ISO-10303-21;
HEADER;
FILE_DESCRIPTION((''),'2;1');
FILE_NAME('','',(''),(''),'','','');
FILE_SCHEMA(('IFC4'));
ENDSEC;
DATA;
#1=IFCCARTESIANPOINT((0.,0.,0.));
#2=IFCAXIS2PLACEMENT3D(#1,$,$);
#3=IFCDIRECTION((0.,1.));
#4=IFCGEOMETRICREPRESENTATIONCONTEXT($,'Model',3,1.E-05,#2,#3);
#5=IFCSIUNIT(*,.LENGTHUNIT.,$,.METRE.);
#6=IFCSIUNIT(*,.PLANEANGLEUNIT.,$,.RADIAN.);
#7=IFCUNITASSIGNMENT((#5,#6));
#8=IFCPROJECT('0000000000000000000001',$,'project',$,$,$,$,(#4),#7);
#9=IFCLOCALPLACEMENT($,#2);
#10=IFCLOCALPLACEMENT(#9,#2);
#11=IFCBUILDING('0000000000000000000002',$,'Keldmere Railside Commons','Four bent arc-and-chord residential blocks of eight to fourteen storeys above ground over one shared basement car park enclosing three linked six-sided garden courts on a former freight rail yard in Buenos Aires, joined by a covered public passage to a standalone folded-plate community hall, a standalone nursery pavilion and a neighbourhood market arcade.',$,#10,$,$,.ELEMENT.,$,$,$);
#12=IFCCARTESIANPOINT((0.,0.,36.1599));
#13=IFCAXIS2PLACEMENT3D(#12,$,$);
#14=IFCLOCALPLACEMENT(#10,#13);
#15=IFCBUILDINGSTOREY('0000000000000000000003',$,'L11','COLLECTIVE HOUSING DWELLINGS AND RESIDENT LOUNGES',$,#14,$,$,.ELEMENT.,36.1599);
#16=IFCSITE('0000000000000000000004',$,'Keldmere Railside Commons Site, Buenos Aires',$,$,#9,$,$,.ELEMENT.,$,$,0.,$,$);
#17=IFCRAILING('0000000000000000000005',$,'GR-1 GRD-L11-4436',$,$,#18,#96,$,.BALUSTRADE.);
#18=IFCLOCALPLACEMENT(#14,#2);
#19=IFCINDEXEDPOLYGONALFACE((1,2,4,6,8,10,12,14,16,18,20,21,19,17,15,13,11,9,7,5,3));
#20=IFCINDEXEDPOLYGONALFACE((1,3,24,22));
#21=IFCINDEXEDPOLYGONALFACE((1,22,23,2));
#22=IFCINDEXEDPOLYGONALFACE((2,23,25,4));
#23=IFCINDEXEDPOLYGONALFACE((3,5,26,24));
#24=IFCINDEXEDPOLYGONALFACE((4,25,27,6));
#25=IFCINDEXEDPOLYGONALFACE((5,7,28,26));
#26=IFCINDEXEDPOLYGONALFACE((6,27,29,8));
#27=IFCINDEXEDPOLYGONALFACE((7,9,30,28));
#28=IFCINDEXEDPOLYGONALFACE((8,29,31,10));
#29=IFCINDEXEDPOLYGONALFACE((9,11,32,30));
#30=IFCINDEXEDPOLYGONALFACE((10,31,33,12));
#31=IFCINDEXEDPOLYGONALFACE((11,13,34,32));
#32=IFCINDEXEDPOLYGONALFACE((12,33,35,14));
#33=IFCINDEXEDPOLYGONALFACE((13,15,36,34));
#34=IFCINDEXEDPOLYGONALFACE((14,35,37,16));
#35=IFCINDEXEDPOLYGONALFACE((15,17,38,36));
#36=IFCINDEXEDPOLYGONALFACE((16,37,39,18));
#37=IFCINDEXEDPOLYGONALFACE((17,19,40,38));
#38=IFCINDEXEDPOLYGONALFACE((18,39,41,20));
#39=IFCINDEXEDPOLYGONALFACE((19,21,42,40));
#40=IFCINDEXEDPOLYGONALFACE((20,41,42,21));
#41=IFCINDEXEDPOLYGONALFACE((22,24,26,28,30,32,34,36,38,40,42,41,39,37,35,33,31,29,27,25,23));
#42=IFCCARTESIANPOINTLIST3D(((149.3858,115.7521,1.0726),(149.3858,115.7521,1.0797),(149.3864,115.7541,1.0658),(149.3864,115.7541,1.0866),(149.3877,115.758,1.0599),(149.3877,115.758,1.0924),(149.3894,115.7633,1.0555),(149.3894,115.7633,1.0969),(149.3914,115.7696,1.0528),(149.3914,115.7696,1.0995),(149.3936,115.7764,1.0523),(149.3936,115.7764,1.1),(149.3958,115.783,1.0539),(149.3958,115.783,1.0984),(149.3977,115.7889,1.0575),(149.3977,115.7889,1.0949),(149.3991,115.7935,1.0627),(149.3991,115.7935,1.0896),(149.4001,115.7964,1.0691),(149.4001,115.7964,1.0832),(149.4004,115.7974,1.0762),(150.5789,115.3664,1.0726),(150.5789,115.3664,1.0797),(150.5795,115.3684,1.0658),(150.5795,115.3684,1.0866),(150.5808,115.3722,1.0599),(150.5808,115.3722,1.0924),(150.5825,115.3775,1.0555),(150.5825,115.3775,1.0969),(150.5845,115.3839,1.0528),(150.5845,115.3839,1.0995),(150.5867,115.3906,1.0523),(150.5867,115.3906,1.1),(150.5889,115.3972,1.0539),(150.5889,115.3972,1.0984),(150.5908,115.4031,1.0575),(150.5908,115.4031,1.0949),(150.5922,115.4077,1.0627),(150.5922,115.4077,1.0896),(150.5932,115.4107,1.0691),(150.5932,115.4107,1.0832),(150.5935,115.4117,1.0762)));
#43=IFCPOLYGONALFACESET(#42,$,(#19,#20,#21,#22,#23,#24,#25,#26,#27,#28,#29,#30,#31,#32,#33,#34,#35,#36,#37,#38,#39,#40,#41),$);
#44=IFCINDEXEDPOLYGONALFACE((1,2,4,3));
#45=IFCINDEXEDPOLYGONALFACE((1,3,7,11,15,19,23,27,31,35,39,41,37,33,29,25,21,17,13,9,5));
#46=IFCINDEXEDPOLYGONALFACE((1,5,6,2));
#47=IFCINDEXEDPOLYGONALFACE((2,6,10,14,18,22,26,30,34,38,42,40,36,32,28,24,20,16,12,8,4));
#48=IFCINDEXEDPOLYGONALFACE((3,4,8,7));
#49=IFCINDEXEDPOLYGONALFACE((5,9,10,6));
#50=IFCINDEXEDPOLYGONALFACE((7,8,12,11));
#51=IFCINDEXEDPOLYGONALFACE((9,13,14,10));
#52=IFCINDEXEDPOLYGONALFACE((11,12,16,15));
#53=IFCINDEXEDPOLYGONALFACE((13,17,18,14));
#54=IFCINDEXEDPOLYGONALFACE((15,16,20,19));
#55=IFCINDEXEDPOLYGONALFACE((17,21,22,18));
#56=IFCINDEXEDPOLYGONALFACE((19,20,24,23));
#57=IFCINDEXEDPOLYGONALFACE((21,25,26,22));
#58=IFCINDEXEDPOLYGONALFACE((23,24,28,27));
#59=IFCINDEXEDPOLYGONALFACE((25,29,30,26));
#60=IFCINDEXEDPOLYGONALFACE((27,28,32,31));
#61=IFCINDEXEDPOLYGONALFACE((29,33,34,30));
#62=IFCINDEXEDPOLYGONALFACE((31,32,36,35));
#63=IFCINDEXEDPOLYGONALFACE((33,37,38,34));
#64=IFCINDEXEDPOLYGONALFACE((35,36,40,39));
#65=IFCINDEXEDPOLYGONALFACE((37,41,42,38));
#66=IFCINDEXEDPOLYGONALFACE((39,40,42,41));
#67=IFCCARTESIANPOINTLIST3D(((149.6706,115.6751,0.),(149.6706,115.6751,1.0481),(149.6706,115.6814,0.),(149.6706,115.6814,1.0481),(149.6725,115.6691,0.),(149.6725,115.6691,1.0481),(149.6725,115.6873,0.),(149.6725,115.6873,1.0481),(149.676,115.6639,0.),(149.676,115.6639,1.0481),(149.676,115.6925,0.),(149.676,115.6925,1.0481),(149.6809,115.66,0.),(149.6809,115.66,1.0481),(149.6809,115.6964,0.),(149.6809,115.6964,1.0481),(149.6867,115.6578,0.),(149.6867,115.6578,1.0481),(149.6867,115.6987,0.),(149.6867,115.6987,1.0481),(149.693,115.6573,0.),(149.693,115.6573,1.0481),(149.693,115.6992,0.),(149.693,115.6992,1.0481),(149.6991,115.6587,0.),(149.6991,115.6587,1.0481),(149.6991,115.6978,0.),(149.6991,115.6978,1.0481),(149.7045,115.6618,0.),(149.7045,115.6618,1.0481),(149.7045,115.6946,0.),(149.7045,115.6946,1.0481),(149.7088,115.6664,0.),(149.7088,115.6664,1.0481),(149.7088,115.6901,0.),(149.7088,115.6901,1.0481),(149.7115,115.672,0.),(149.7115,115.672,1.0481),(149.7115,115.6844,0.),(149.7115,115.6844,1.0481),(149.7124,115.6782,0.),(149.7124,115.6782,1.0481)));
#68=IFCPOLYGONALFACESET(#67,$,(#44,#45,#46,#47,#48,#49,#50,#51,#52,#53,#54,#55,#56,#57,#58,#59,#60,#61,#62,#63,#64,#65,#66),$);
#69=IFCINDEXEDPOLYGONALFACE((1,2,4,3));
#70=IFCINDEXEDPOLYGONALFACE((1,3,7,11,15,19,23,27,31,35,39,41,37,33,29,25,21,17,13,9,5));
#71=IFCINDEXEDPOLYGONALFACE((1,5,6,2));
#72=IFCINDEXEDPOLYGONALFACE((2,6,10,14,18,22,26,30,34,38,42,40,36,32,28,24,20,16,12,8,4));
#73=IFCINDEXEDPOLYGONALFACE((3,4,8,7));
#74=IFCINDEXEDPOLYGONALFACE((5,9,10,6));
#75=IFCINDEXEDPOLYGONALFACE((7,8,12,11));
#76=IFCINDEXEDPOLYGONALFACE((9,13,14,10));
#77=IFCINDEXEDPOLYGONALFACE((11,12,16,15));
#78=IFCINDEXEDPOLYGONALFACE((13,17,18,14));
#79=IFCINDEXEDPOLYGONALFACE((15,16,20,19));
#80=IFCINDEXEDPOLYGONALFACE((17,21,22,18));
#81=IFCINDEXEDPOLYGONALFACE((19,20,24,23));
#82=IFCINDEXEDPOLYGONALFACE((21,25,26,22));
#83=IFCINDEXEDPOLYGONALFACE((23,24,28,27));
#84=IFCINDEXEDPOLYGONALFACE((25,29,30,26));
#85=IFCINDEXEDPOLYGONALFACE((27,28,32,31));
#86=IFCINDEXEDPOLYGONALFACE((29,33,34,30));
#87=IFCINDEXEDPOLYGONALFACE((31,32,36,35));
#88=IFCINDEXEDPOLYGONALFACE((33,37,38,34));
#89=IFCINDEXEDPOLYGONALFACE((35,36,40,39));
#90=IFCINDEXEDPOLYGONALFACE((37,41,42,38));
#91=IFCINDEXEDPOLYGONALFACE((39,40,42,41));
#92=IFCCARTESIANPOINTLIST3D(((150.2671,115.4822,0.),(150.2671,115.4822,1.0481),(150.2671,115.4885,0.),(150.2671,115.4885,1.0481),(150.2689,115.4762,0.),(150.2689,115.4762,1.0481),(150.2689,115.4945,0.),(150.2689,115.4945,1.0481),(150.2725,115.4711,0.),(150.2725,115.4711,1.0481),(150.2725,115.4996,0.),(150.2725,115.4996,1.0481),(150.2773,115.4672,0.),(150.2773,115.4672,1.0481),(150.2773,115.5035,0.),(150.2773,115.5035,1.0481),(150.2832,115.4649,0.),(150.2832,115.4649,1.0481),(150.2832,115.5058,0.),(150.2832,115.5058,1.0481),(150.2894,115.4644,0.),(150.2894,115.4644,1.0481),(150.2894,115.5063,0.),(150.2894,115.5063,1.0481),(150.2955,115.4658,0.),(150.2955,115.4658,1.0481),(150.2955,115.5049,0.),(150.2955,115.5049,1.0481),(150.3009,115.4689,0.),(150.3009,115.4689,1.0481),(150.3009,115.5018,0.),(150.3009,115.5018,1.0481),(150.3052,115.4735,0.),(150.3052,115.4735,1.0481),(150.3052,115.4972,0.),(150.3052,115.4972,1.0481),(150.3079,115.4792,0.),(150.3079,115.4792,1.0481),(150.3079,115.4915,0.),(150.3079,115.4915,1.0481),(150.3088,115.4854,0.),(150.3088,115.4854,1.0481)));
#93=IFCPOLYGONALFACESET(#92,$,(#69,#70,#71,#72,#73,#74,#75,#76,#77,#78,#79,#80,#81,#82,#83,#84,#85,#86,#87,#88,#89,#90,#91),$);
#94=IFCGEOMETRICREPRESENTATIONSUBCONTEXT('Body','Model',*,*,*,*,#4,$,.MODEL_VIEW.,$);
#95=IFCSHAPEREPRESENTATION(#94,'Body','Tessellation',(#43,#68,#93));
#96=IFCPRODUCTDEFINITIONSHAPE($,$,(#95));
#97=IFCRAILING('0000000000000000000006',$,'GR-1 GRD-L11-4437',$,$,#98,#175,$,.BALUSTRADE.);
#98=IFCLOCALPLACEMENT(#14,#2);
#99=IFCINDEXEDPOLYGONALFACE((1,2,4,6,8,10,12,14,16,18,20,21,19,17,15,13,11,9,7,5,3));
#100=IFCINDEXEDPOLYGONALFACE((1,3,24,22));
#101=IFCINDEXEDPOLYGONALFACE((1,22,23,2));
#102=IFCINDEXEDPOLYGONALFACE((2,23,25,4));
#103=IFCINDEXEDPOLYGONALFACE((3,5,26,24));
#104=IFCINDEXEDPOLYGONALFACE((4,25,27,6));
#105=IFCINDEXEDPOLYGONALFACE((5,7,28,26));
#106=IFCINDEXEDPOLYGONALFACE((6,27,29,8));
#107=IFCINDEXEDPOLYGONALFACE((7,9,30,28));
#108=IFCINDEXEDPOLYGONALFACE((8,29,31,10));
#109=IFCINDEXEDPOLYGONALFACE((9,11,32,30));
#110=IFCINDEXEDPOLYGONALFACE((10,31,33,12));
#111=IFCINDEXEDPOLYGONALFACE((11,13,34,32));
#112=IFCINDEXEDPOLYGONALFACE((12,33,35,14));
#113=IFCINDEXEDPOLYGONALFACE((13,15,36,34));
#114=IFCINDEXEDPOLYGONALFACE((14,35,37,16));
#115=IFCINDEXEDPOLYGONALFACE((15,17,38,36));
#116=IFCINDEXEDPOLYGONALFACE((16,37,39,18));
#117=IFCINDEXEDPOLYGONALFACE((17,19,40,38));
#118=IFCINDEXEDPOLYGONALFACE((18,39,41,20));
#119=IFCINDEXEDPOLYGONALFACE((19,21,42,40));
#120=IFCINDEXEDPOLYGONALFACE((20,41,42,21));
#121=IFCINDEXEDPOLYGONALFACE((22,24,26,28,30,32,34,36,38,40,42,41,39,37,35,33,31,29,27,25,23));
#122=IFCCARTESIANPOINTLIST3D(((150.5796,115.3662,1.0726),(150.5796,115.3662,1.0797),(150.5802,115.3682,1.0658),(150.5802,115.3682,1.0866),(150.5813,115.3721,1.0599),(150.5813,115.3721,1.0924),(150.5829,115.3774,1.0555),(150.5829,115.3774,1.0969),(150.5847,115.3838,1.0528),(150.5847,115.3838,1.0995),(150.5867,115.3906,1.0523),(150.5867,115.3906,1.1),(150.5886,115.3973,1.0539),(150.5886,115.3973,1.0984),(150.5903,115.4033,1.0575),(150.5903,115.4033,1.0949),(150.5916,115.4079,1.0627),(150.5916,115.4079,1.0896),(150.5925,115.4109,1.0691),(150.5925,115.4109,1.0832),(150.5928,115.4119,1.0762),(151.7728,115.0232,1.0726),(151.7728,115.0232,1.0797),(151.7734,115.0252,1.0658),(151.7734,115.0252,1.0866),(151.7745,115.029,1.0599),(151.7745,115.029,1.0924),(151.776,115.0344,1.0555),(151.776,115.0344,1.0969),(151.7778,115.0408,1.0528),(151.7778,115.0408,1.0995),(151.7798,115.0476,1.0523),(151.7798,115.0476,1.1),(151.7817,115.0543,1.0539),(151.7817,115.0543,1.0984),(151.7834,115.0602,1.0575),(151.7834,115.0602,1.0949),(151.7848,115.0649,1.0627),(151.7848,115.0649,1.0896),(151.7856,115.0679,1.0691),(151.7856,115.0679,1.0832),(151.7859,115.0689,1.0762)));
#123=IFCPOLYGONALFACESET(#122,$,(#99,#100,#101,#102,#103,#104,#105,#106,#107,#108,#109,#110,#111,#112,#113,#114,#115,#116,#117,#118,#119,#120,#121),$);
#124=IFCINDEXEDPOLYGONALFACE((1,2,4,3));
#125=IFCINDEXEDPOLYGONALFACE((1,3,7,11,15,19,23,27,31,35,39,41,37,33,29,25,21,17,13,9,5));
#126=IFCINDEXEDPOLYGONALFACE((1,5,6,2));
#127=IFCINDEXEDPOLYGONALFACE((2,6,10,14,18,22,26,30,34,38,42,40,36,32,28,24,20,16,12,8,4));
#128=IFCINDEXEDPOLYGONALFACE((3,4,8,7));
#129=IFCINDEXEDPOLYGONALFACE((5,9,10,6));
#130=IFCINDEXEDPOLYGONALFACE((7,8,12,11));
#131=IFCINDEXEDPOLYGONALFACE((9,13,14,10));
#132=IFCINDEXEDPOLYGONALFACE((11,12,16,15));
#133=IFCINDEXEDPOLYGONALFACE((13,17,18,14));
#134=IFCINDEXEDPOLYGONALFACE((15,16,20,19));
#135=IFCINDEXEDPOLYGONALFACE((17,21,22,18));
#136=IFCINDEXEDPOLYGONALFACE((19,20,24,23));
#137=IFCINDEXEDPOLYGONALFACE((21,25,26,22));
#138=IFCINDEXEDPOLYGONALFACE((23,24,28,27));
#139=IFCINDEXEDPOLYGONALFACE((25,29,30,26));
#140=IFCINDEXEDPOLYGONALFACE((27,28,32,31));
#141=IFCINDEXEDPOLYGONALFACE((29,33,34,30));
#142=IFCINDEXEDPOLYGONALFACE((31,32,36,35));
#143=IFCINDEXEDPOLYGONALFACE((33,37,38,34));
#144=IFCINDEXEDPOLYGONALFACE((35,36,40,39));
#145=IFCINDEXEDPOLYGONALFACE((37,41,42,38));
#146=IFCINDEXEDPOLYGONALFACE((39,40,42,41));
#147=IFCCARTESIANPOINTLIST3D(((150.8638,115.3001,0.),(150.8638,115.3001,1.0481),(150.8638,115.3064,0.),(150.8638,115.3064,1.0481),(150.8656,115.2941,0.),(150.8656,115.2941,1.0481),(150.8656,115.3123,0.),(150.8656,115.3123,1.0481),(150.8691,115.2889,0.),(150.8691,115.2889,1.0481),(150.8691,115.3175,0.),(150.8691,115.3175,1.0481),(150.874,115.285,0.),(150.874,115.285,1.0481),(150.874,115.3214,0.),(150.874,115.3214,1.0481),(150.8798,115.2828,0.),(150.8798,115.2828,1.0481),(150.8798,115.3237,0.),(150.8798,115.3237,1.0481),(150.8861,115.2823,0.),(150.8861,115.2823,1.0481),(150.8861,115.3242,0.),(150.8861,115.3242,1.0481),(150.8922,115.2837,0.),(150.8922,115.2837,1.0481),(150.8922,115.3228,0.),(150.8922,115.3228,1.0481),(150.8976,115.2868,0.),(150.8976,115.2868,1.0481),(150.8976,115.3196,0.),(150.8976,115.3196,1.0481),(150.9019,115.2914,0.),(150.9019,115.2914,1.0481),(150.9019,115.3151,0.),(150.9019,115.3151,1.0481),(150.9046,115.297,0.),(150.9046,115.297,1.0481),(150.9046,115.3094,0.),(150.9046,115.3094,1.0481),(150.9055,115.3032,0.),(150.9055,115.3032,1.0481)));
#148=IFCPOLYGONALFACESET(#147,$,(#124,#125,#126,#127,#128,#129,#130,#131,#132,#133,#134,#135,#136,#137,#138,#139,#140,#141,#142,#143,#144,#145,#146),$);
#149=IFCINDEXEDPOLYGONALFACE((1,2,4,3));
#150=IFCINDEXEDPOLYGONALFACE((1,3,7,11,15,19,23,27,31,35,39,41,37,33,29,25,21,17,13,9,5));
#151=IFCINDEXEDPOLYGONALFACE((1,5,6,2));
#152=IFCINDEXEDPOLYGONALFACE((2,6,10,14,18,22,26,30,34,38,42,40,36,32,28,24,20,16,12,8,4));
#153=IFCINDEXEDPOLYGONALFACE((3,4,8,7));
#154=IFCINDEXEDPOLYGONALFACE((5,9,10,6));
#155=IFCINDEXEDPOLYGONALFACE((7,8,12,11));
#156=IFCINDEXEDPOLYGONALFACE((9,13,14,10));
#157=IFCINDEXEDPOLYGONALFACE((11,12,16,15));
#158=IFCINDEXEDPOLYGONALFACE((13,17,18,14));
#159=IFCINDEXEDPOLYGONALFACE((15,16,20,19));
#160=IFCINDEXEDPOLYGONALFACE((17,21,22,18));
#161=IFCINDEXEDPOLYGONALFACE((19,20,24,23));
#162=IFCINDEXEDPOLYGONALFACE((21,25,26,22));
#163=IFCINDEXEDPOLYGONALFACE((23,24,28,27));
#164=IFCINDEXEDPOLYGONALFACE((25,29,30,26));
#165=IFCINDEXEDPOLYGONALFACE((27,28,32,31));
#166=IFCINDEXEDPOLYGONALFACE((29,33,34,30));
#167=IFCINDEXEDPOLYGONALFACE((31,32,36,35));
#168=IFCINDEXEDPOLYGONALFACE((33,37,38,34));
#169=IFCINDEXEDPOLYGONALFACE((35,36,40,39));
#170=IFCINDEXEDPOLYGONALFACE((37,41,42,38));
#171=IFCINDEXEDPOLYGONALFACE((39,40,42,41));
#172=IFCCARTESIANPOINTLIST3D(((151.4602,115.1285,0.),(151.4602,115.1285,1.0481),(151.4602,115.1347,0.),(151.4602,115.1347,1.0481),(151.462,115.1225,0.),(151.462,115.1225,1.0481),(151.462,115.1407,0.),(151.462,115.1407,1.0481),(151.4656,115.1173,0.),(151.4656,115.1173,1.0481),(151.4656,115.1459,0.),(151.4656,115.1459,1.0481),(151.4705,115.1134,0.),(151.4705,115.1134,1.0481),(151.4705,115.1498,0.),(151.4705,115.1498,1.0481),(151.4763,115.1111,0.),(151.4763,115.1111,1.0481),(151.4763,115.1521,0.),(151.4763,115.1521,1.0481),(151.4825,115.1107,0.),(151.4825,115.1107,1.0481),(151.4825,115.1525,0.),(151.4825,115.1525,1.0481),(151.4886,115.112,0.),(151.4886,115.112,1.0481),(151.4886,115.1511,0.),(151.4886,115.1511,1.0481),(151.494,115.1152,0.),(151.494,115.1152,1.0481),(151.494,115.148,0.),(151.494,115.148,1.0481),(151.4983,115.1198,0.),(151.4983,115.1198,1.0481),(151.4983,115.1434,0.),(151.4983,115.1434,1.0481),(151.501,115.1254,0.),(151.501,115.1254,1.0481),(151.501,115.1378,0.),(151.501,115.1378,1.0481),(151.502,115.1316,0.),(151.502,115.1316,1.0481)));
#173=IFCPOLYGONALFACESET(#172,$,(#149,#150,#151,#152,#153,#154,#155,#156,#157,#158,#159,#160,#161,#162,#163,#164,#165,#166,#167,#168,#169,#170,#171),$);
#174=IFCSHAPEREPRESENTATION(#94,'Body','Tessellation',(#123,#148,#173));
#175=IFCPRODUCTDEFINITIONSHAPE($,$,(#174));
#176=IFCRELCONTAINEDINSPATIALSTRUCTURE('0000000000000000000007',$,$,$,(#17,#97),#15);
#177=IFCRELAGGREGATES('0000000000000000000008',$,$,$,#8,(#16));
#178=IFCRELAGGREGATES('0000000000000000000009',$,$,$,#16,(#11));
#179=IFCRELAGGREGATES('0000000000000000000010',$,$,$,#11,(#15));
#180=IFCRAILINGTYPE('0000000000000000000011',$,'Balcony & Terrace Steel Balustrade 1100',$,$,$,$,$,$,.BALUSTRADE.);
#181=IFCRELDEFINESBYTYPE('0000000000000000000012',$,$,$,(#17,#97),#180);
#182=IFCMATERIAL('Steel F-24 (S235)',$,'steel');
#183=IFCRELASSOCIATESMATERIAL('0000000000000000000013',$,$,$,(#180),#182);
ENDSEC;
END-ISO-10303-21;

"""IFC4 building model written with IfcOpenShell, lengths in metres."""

from ifc_helpers import new_model, si_unit, direction, frame, origin, origin_2d, place, context, subcontext, project, spatial, circle, extrude, material, type_object, element, save


model = new_model("IFC4")

# Units and contexts
model_context = context("Model", 3, precision=1e-05, world=origin(), true_north=direction((0.0, 1.0)))
body_context = subcontext(model_context, "Body", "Model", "MODEL_VIEW")
ifc_project = project(units=[si_unit("LENGTHUNIT", "METRE"), si_unit("PLANEANGLEUNIT", "RADIAN")], contexts=[model_context])

# Site, building, storey
site_placement = place(None, origin())
site = spatial("IfcSite", under=ifc_project, at=site_placement, Name="Keldmere Railside Commons Site, Buenos Aires", CompositionType="ELEMENT", RefElevation=0.0)
building_placement = place(site_placement, origin())
building = spatial("IfcBuilding", under=site, at=building_placement, Name="Keldmere Railside Commons", Description="Four bent arc-and-chord residential blocks of eight to fourteen storeys above ground over one shared basement car park enclosing three linked six-sided garden courts on a former freight rail yard in Buenos Aires, joined by a covered public passage to a standalone folded-plate community hall, a standalone nursery pavilion and a neighbourhood market arcade.", CompositionType="ELEMENT")
storey_placement = place(building_placement, frame((0.0, 0.0, 36.1599)))
storey = spatial("IfcBuildingStorey", under=building, at=storey_placement, Name="L11", Description="COLLECTIVE HOUSING DWELLINGS AND RESIDENT LOUNGES", CompositionType="ELEMENT", Elevation=36.1599)

# Railings
ifc_material_1 = material(Name="Steel F-24 (S235)", Category="steel")
railing_type = type_object("IfcRailingType", Name="Balcony & Terrace Steel Balustrade 1100", PredefinedType="BALUSTRADE", material=ifc_material_1)
railing_1_placement = place(storey_placement, frame((149.3931, 115.7747, 0.0)))
element("IfcRailing", 1, at=railing_1_placement, inside=storey, type_object=railing_type, Name="GR-1 GRD-L11-4436", PredefinedType="BALUSTRADE", context=body_context, shape_type="SweptSolid", body=[
    extrude(circle(Radius=0.0239, at=origin_2d()), frame((0.0, 0.0, 1.0762), z_axis=(0.951507, -0.307628, 0.0), x_axis=(0.307628, 0.951507, 0.0)), (0.0, 0.0, 1.0), 1.2539),
    extrude(circle(Radius=0.021, at=origin_2d()), frame((0.2983, -0.0964, 0.0)), (0.0, 0.0, 1.0), 1.0481),
    extrude(circle(Radius=0.021, at=origin_2d()), frame((0.8948, -0.2893, 0.0)), (0.0, 0.0, 1.0), 1.0481),
])
railing_2_placement = place(storey_placement, frame((150.5862, 115.3889, 0.0)))
element("IfcRailing", 2, at=railing_2_placement, inside=storey, type_object=railing_type, Name="GR-1 GRD-L11-4437", PredefinedType="BALUSTRADE", context=body_context, shape_type="SweptSolid", body=[
    extrude(circle(Radius=0.0239, at=origin_2d()), frame((0.0, 0.0, 1.0762), z_axis=(0.96107, -0.276305, 0.0), x_axis=(0.276305, 0.96107, 0.0)), (0.0, 0.0, 1.0), 1.2415),
    extrude(circle(Radius=0.021, at=origin_2d()), frame((0.2983, -0.0857, 0.0)), (0.0, 0.0, 1.0), 1.0481),
    extrude(circle(Radius=0.021, at=origin_2d()), frame((0.8948, -0.2573, 0.0)), (0.0, 0.0, 1.0), 1.0481),
])

save(model, "model.ifc")
